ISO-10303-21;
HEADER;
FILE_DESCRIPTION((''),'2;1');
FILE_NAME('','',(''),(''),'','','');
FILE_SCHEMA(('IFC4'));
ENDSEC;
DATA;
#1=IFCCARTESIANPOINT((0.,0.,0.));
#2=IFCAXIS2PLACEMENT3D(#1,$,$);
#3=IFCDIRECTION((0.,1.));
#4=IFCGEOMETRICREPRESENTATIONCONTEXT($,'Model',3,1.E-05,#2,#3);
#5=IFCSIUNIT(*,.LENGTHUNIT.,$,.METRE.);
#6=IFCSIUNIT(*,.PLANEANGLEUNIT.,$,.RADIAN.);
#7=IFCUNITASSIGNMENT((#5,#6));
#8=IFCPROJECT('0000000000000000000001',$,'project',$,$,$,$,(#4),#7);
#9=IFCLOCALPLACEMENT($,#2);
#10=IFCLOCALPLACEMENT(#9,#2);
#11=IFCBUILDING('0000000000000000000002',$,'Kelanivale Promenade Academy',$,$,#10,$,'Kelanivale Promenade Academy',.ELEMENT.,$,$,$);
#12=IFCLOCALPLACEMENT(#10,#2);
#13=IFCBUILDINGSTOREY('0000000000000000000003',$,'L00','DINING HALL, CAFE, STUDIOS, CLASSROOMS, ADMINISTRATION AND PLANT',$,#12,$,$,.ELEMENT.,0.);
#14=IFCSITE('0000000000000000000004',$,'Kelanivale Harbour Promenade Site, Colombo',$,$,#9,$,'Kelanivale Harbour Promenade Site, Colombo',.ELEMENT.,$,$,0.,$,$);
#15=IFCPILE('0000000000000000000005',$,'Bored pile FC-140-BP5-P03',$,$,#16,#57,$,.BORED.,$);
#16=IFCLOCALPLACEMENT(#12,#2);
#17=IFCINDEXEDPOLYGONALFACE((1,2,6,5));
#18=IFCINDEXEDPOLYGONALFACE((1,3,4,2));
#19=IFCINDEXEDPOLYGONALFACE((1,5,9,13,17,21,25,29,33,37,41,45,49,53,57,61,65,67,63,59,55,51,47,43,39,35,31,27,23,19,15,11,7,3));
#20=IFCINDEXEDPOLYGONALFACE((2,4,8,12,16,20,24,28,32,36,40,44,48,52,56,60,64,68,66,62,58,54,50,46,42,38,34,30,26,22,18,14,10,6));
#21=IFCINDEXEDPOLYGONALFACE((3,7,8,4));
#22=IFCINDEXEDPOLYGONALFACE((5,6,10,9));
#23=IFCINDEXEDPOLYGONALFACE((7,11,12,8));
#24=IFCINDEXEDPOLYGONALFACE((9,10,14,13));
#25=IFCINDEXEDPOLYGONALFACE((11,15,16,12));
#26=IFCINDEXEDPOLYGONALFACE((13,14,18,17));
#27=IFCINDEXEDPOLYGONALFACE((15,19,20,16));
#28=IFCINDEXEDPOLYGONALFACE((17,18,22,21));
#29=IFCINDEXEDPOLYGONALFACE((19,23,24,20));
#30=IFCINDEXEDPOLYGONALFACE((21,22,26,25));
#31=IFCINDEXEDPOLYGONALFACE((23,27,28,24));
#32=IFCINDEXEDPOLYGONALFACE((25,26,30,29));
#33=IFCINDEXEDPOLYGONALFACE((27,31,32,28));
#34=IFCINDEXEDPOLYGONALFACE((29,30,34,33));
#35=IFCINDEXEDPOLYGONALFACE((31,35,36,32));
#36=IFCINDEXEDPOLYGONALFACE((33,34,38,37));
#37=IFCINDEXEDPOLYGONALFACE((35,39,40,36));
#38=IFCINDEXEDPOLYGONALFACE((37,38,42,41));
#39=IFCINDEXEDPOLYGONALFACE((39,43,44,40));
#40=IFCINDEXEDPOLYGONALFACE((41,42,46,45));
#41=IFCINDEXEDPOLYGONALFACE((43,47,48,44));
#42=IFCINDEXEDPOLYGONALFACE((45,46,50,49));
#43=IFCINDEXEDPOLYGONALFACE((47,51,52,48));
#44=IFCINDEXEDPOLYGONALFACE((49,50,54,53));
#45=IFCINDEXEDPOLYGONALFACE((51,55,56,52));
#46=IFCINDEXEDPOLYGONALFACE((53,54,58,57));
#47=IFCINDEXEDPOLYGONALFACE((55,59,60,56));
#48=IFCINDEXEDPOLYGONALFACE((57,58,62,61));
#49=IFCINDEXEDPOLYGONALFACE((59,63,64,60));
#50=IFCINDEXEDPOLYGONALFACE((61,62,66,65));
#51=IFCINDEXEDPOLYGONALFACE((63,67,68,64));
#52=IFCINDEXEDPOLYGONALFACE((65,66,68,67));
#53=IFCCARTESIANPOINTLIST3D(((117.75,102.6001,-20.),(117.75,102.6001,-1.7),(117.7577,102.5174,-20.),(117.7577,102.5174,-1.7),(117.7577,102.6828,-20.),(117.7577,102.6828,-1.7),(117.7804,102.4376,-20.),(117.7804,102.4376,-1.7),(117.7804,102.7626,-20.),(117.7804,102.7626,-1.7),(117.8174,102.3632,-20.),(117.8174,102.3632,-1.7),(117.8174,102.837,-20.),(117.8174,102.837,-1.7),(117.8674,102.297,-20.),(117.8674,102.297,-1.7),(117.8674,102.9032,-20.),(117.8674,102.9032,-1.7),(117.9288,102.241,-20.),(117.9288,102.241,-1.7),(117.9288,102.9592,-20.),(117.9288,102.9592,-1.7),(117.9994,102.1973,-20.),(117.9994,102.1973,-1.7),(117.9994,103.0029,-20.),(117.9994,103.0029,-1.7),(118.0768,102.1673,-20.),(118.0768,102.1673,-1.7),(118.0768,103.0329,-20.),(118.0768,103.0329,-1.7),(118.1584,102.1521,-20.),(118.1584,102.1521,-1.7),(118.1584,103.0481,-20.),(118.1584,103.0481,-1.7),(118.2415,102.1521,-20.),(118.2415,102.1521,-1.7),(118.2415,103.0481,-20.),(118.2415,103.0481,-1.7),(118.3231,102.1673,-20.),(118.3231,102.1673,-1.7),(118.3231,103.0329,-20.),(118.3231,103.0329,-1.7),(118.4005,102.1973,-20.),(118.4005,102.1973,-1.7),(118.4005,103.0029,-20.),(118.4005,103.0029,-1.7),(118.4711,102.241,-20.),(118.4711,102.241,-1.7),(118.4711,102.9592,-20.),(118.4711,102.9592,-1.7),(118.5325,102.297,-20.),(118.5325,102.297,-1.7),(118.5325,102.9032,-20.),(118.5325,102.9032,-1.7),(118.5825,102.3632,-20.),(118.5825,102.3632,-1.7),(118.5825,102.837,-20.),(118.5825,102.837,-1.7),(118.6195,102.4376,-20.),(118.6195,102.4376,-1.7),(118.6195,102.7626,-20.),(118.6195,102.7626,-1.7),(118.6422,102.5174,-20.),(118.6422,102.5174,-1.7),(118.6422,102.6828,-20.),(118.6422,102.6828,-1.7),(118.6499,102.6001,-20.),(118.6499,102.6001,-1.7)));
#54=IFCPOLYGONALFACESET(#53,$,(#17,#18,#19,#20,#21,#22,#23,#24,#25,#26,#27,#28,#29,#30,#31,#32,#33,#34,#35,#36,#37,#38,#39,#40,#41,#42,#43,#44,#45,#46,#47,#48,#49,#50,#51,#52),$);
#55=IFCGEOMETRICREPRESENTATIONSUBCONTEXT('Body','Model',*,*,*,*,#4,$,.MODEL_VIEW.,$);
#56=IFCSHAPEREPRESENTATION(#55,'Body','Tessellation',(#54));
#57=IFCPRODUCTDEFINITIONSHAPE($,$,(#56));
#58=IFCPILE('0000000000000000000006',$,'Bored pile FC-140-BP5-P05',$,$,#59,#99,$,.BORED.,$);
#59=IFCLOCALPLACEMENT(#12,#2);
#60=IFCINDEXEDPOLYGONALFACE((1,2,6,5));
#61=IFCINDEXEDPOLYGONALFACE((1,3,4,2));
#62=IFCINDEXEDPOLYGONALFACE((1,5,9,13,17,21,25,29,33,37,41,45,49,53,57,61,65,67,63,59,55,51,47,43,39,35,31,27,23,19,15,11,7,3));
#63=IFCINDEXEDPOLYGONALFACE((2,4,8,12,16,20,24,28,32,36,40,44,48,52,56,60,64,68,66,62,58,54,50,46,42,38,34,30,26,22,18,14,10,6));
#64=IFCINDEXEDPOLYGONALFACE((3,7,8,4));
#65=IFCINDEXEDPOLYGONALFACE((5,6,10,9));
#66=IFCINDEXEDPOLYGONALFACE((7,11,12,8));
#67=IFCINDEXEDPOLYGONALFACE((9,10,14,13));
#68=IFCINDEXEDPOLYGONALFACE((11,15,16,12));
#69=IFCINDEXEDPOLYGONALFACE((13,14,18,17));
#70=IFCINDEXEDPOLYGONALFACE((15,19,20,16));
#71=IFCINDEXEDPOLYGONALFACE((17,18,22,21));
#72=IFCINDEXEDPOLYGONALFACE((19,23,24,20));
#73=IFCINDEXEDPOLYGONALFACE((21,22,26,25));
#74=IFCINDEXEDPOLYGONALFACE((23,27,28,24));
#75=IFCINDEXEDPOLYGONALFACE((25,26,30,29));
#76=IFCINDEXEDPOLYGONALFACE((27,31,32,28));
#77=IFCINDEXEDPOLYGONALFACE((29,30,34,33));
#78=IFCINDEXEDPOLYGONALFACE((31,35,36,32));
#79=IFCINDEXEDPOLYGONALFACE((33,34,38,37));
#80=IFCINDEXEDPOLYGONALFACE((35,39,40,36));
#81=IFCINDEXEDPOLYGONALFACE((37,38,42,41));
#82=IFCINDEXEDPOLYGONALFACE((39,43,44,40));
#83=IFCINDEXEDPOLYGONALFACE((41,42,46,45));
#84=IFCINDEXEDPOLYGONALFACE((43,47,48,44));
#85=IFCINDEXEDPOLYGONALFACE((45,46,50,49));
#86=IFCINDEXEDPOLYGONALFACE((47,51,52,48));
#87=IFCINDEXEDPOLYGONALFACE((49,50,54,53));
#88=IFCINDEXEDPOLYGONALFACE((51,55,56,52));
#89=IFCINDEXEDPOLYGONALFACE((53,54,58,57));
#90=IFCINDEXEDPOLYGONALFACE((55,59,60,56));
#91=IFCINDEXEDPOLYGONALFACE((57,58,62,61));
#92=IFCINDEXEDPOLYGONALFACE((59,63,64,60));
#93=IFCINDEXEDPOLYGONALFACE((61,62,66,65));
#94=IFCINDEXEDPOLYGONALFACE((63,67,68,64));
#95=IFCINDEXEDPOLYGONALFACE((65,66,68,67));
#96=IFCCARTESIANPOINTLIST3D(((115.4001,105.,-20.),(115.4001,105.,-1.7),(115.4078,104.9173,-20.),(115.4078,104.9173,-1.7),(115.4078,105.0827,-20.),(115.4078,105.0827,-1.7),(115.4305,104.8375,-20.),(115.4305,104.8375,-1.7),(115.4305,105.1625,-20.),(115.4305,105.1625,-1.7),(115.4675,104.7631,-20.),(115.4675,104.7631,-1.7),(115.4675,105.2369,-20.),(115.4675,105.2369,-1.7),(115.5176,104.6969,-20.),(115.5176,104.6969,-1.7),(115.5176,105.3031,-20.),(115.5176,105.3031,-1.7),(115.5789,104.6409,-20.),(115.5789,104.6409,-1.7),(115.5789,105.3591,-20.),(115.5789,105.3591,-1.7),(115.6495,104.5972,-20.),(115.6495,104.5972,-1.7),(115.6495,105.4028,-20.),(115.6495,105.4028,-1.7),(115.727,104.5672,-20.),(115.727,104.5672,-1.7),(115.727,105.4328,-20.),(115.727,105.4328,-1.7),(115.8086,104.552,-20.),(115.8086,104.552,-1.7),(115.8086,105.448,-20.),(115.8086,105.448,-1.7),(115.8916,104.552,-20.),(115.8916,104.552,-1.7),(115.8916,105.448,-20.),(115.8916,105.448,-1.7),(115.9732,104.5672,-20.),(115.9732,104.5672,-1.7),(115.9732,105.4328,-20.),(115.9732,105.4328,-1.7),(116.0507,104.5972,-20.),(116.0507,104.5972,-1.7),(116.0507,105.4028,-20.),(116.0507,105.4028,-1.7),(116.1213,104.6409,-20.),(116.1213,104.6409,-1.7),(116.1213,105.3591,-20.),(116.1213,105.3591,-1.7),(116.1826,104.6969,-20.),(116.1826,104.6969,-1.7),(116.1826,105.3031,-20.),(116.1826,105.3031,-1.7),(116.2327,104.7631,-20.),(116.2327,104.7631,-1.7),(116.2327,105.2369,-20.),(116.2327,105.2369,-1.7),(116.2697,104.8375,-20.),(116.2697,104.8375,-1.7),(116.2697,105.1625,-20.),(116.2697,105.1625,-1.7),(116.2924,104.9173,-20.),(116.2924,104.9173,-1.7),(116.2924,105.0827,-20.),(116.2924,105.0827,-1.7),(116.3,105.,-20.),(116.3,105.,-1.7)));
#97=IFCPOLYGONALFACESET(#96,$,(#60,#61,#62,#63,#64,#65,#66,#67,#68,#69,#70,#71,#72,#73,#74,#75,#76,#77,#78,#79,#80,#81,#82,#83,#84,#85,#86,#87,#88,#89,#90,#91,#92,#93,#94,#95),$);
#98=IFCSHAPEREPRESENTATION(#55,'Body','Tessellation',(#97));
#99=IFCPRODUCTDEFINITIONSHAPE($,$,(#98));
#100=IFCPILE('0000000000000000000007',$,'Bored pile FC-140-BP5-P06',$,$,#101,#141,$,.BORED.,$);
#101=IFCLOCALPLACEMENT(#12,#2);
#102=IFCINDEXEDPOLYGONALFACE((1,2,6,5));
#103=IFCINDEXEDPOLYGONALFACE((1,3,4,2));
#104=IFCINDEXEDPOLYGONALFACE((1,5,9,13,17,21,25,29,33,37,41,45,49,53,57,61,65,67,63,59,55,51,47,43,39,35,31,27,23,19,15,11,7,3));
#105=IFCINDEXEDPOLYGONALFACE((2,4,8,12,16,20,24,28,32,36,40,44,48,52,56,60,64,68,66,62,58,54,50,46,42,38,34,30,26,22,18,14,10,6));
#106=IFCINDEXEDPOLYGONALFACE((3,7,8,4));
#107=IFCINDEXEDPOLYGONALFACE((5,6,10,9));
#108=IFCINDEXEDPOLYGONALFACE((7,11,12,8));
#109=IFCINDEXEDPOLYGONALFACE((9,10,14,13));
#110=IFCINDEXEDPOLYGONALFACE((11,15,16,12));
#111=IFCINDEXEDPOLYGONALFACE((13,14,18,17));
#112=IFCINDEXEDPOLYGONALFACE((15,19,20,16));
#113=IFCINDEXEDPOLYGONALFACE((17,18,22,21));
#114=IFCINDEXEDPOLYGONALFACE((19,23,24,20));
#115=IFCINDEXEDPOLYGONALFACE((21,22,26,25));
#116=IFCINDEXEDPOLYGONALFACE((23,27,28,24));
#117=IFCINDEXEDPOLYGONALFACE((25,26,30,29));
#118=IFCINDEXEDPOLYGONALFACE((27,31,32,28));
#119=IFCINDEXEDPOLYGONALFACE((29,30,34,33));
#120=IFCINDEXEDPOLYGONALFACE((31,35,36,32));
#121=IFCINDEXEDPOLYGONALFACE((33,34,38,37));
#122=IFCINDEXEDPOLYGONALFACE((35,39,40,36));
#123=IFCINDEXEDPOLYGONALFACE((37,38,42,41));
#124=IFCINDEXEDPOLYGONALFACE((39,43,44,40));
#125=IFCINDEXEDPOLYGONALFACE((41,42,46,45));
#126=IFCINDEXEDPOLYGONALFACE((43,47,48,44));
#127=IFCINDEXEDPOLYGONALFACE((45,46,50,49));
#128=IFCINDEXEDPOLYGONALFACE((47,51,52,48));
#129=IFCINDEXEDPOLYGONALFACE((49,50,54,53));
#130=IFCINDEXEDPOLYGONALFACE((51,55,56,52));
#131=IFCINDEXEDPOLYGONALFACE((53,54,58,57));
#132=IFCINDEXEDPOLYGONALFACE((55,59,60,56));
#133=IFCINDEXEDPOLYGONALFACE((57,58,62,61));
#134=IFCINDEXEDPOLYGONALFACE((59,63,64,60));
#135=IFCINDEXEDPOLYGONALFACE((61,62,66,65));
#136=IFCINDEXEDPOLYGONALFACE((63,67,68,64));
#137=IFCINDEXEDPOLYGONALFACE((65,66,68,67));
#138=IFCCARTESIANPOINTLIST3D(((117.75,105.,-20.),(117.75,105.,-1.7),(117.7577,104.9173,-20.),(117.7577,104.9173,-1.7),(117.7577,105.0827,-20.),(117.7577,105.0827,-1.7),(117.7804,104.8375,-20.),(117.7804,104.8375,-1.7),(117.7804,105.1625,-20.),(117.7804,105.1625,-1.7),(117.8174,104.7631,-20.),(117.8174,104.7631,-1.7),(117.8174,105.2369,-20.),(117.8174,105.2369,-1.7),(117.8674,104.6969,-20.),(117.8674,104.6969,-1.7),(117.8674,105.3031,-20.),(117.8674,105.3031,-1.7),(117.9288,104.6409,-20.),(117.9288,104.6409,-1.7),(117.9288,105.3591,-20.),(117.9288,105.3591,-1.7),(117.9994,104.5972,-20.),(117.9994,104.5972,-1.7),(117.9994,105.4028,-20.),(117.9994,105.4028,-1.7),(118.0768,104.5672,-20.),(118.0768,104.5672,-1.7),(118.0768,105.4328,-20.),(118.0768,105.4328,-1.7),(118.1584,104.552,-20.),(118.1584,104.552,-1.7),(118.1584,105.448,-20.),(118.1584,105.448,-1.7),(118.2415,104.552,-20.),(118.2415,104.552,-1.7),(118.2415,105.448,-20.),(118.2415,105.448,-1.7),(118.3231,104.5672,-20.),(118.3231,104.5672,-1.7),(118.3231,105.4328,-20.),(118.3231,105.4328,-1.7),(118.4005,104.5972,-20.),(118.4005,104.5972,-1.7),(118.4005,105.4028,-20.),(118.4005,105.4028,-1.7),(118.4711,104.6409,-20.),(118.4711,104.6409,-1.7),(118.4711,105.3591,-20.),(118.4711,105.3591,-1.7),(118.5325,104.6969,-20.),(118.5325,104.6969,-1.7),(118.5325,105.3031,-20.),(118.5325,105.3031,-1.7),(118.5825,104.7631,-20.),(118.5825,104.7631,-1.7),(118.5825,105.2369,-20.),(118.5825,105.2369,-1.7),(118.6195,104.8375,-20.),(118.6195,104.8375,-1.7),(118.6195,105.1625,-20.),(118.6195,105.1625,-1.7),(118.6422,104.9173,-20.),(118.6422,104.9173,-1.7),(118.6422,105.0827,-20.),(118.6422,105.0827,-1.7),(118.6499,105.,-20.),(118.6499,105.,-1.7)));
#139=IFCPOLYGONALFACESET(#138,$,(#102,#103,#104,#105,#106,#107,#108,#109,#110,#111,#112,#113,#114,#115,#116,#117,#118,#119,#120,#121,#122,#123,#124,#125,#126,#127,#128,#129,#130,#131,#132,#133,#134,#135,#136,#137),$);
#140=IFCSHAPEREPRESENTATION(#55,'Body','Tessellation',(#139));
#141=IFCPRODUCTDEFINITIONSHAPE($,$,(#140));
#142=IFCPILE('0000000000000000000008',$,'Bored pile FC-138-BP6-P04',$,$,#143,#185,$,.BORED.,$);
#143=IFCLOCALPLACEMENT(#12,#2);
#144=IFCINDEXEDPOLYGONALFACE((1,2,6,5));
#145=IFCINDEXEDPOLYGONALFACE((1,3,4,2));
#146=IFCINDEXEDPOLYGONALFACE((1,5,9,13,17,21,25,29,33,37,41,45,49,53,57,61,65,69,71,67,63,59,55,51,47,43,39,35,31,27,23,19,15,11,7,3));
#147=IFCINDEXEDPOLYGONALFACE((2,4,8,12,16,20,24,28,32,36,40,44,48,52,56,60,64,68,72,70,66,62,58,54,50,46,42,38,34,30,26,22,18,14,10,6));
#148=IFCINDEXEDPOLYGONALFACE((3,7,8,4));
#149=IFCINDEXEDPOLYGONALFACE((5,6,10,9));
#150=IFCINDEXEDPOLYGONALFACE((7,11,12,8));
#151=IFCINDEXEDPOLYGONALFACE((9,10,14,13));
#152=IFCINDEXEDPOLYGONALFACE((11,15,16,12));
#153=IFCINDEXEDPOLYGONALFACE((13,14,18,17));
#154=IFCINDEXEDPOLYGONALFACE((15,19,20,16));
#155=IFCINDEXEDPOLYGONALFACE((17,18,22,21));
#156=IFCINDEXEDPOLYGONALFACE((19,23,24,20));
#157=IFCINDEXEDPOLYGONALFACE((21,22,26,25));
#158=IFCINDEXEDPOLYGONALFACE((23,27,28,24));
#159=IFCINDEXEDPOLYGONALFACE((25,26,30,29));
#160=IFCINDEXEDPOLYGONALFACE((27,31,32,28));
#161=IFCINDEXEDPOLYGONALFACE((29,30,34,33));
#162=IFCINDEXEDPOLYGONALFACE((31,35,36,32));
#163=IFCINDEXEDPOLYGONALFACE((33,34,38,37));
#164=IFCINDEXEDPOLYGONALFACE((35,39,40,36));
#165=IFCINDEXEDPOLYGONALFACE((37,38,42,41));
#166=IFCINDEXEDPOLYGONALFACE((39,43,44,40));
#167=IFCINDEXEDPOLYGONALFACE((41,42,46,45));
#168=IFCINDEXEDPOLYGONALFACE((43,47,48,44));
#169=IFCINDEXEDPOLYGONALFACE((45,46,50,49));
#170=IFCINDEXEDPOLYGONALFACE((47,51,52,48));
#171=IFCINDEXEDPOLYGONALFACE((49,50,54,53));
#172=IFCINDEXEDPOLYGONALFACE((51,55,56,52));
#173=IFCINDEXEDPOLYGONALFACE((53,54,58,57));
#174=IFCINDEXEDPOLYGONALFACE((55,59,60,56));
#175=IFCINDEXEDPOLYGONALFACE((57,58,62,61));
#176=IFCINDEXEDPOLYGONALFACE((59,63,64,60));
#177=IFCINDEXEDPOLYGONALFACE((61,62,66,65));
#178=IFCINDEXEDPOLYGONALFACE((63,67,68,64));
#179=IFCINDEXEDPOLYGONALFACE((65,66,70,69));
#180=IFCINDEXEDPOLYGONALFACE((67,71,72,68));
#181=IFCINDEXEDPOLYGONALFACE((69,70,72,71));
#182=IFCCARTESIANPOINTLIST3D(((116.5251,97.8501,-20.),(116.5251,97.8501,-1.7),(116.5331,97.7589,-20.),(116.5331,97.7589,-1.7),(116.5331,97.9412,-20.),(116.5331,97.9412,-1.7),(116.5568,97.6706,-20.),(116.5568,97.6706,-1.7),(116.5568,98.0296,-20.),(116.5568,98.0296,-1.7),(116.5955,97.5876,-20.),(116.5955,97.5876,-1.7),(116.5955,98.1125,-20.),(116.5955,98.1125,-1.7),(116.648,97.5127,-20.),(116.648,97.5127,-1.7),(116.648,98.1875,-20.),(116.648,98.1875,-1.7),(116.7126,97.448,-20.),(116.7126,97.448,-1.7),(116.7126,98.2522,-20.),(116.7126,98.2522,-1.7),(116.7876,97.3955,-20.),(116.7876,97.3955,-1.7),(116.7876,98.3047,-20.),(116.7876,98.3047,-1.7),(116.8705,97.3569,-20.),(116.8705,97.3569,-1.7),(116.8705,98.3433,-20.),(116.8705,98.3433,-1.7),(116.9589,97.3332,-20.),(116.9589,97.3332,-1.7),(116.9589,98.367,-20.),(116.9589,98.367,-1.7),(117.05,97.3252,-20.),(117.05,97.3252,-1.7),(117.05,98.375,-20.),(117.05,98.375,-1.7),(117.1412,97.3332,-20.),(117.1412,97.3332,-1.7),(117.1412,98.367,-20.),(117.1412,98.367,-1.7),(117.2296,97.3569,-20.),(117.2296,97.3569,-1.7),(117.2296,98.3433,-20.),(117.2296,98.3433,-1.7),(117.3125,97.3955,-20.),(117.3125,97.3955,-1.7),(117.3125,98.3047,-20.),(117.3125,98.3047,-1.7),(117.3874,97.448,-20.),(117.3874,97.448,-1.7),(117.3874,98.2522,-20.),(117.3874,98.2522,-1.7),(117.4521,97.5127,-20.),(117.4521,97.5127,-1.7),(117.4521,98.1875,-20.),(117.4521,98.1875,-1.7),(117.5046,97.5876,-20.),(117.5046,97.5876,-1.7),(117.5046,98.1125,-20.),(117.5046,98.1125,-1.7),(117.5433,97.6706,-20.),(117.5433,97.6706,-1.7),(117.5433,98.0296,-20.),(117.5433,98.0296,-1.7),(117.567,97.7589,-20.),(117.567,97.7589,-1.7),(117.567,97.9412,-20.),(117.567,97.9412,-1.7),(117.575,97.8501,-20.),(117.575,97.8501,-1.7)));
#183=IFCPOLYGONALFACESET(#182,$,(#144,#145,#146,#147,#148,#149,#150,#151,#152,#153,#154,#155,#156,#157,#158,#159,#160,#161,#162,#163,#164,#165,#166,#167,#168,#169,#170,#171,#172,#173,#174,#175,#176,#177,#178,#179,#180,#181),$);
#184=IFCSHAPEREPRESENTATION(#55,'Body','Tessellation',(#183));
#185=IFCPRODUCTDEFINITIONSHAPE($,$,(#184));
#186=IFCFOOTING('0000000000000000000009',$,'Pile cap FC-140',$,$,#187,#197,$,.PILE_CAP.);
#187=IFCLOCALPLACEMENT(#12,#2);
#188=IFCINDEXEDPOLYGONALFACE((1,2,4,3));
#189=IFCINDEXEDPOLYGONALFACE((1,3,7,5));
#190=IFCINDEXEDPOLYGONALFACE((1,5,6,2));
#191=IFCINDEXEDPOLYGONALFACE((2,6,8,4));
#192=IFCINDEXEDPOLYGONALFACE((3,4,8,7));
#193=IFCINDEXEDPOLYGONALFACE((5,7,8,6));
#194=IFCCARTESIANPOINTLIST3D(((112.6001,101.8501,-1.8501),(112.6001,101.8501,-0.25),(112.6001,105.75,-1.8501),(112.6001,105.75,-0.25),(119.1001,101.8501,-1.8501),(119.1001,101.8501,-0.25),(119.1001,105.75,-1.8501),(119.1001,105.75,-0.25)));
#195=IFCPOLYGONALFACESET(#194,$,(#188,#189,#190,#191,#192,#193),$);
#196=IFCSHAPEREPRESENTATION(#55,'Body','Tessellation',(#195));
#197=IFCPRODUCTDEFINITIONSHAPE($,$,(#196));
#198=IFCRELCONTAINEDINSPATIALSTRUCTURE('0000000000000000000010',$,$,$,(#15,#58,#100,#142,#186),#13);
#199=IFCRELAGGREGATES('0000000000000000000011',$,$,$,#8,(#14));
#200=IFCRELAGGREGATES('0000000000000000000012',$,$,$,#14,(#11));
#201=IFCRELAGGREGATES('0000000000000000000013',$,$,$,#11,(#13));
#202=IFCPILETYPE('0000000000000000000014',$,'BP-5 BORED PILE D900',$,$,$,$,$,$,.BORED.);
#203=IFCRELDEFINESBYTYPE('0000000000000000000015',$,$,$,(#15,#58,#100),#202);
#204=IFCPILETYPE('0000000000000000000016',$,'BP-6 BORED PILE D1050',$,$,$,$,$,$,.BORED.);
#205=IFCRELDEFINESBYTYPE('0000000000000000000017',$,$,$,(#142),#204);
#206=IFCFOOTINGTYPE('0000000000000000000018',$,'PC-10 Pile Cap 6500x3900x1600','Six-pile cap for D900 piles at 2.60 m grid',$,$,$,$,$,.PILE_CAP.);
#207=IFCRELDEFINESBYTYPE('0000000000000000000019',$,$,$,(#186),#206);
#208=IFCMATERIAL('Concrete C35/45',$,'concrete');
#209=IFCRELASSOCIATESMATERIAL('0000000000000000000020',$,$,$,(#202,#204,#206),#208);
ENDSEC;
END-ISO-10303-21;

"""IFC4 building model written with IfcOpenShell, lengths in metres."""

from ifc_helpers import new_model, si_unit, direction, frame, origin, origin_2d, place, context, subcontext, project, spatial, rectangle, circle, extrude, material, material_profile, profile_set, type_object, element, save


model = new_model("IFC4")

# Units and contexts
model_context = context("Model", 3, precision=1e-05, world=origin(), true_north=direction((0.0, 1.0)))
body_context = subcontext(model_context, "Body", "Model", "MODEL_VIEW")
ifc_project = project(units=[si_unit("LENGTHUNIT", "METRE"), si_unit("PLANEANGLEUNIT", "RADIAN")], contexts=[model_context])

# Site, building, storey
site_placement = place(None, origin())
site = spatial("IfcSite", under=ifc_project, at=site_placement, Name="Kelanivale Harbour Promenade Site, Colombo", LongName="Kelanivale Harbour Promenade Site, Colombo", CompositionType="ELEMENT", RefElevation=0.0)
building_placement = place(site_placement, origin())
building = spatial("IfcBuilding", under=site, at=building_placement, Name="Kelanivale Promenade Academy", LongName="Kelanivale Promenade Academy", CompositionType="ELEMENT")
storey_placement = place(building_placement, origin())
storey = spatial("IfcBuildingStorey", under=building, at=storey_placement, Name="L00", Description="DINING HALL, CAFE, STUDIOS, CLASSROOMS, ADMINISTRATION AND PLANT", CompositionType="ELEMENT", Elevation=0.0)

# Piles
ifc_material_1 = material(Name="Concrete C35/45", Category="concrete")
ifc_material_profile_1 = material_profile(ifc_material_1, circle(Radius=0.45, at=origin_2d()), Name="BORED PILE D900")
ifc_profile_set_1 = profile_set([ifc_material_profile_1], Name="Concrete C35/45")
pile_type_1 = type_object("IfcPileType", Name="BP-5 BORED PILE D900", PredefinedType="BORED", material=ifc_profile_set_1)
for number, where, z_axis, x_axis, name in (
    (1, (118.2, 102.6001, -1.7), (0.0, 0.0, -1.0), (1.0, 0.0, 0.0), "Bored pile FC-140-BP5-P03"),
    (2, (115.8501, 105.0, -1.7), (0.0, 0.0, -1.0), (1.0, 0.0, 0.0), "Bored pile FC-140-BP5-P05"),
    (3, (118.2, 105.0, -1.7), (0.0, 0.0, -1.0), (1.0, 0.0, 0.0), "Bored pile FC-140-BP5-P06"),
):
    element("IfcPile", number, at=place(storey_placement, frame(where, z_axis=z_axis, x_axis=x_axis)), inside=storey, type_object=pile_type_1, Name=name, PredefinedType="BORED", context=body_context, shape_type="SweptSolid", body=[
        extrude(circle(Radius=0.45, at=origin_2d()), origin(), (0.0, 0.0, 1.0), 18.3),
    ])
ifc_material_profile_2 = material_profile(ifc_material_1, circle(Radius=0.5249, at=origin_2d()), Name="BORED PILE D1050")
ifc_profile_set_2 = profile_set([ifc_material_profile_2], Name="Concrete C35/45")
pile_type_2 = type_object("IfcPileType", Name="BP-6 BORED PILE D1050", PredefinedType="BORED", material=ifc_profile_set_2)
pile_placement = place(storey_placement, frame((117.05, 97.8501, -1.7), z_axis=(0.0, 0.0, -1.0), x_axis=(1.0, 0.0, 0.0)))
element("IfcPile", 4, at=pile_placement, inside=storey, type_object=pile_type_2, Name="Bored pile FC-138-BP6-P04", PredefinedType="BORED", context=body_context, shape_type="SweptSolid", body=[
    extrude(circle(Radius=0.5249, at=origin_2d()), origin(), (0.0, 0.0, 1.0), 18.3),
])

# Footing
footing_type = type_object("IfcFootingType", Name="PC-10 Pile Cap 6500x3900x1600", Description="Six-pile cap for D900 piles at 2.60 m grid", PredefinedType="PILE_CAP", material=ifc_material_1)
footing_placement = place(storey_placement, frame((115.8501, 103.8, -1.8501), z_axis=(0.0, 0.0, 1.0), x_axis=(1.0, 0.0, 0.0)))
element("IfcFooting", 5, at=footing_placement, inside=storey, type_object=footing_type, Name="Pile cap FC-140", PredefinedType="PILE_CAP", context=body_context, shape_type="SweptSolid", body=[
    extrude(rectangle(XDim=6.5, YDim=3.8999, at=origin_2d()), origin(), (0.0, 0.0, 1.0), 1.6001),
])

save(model, "model.ifc")
